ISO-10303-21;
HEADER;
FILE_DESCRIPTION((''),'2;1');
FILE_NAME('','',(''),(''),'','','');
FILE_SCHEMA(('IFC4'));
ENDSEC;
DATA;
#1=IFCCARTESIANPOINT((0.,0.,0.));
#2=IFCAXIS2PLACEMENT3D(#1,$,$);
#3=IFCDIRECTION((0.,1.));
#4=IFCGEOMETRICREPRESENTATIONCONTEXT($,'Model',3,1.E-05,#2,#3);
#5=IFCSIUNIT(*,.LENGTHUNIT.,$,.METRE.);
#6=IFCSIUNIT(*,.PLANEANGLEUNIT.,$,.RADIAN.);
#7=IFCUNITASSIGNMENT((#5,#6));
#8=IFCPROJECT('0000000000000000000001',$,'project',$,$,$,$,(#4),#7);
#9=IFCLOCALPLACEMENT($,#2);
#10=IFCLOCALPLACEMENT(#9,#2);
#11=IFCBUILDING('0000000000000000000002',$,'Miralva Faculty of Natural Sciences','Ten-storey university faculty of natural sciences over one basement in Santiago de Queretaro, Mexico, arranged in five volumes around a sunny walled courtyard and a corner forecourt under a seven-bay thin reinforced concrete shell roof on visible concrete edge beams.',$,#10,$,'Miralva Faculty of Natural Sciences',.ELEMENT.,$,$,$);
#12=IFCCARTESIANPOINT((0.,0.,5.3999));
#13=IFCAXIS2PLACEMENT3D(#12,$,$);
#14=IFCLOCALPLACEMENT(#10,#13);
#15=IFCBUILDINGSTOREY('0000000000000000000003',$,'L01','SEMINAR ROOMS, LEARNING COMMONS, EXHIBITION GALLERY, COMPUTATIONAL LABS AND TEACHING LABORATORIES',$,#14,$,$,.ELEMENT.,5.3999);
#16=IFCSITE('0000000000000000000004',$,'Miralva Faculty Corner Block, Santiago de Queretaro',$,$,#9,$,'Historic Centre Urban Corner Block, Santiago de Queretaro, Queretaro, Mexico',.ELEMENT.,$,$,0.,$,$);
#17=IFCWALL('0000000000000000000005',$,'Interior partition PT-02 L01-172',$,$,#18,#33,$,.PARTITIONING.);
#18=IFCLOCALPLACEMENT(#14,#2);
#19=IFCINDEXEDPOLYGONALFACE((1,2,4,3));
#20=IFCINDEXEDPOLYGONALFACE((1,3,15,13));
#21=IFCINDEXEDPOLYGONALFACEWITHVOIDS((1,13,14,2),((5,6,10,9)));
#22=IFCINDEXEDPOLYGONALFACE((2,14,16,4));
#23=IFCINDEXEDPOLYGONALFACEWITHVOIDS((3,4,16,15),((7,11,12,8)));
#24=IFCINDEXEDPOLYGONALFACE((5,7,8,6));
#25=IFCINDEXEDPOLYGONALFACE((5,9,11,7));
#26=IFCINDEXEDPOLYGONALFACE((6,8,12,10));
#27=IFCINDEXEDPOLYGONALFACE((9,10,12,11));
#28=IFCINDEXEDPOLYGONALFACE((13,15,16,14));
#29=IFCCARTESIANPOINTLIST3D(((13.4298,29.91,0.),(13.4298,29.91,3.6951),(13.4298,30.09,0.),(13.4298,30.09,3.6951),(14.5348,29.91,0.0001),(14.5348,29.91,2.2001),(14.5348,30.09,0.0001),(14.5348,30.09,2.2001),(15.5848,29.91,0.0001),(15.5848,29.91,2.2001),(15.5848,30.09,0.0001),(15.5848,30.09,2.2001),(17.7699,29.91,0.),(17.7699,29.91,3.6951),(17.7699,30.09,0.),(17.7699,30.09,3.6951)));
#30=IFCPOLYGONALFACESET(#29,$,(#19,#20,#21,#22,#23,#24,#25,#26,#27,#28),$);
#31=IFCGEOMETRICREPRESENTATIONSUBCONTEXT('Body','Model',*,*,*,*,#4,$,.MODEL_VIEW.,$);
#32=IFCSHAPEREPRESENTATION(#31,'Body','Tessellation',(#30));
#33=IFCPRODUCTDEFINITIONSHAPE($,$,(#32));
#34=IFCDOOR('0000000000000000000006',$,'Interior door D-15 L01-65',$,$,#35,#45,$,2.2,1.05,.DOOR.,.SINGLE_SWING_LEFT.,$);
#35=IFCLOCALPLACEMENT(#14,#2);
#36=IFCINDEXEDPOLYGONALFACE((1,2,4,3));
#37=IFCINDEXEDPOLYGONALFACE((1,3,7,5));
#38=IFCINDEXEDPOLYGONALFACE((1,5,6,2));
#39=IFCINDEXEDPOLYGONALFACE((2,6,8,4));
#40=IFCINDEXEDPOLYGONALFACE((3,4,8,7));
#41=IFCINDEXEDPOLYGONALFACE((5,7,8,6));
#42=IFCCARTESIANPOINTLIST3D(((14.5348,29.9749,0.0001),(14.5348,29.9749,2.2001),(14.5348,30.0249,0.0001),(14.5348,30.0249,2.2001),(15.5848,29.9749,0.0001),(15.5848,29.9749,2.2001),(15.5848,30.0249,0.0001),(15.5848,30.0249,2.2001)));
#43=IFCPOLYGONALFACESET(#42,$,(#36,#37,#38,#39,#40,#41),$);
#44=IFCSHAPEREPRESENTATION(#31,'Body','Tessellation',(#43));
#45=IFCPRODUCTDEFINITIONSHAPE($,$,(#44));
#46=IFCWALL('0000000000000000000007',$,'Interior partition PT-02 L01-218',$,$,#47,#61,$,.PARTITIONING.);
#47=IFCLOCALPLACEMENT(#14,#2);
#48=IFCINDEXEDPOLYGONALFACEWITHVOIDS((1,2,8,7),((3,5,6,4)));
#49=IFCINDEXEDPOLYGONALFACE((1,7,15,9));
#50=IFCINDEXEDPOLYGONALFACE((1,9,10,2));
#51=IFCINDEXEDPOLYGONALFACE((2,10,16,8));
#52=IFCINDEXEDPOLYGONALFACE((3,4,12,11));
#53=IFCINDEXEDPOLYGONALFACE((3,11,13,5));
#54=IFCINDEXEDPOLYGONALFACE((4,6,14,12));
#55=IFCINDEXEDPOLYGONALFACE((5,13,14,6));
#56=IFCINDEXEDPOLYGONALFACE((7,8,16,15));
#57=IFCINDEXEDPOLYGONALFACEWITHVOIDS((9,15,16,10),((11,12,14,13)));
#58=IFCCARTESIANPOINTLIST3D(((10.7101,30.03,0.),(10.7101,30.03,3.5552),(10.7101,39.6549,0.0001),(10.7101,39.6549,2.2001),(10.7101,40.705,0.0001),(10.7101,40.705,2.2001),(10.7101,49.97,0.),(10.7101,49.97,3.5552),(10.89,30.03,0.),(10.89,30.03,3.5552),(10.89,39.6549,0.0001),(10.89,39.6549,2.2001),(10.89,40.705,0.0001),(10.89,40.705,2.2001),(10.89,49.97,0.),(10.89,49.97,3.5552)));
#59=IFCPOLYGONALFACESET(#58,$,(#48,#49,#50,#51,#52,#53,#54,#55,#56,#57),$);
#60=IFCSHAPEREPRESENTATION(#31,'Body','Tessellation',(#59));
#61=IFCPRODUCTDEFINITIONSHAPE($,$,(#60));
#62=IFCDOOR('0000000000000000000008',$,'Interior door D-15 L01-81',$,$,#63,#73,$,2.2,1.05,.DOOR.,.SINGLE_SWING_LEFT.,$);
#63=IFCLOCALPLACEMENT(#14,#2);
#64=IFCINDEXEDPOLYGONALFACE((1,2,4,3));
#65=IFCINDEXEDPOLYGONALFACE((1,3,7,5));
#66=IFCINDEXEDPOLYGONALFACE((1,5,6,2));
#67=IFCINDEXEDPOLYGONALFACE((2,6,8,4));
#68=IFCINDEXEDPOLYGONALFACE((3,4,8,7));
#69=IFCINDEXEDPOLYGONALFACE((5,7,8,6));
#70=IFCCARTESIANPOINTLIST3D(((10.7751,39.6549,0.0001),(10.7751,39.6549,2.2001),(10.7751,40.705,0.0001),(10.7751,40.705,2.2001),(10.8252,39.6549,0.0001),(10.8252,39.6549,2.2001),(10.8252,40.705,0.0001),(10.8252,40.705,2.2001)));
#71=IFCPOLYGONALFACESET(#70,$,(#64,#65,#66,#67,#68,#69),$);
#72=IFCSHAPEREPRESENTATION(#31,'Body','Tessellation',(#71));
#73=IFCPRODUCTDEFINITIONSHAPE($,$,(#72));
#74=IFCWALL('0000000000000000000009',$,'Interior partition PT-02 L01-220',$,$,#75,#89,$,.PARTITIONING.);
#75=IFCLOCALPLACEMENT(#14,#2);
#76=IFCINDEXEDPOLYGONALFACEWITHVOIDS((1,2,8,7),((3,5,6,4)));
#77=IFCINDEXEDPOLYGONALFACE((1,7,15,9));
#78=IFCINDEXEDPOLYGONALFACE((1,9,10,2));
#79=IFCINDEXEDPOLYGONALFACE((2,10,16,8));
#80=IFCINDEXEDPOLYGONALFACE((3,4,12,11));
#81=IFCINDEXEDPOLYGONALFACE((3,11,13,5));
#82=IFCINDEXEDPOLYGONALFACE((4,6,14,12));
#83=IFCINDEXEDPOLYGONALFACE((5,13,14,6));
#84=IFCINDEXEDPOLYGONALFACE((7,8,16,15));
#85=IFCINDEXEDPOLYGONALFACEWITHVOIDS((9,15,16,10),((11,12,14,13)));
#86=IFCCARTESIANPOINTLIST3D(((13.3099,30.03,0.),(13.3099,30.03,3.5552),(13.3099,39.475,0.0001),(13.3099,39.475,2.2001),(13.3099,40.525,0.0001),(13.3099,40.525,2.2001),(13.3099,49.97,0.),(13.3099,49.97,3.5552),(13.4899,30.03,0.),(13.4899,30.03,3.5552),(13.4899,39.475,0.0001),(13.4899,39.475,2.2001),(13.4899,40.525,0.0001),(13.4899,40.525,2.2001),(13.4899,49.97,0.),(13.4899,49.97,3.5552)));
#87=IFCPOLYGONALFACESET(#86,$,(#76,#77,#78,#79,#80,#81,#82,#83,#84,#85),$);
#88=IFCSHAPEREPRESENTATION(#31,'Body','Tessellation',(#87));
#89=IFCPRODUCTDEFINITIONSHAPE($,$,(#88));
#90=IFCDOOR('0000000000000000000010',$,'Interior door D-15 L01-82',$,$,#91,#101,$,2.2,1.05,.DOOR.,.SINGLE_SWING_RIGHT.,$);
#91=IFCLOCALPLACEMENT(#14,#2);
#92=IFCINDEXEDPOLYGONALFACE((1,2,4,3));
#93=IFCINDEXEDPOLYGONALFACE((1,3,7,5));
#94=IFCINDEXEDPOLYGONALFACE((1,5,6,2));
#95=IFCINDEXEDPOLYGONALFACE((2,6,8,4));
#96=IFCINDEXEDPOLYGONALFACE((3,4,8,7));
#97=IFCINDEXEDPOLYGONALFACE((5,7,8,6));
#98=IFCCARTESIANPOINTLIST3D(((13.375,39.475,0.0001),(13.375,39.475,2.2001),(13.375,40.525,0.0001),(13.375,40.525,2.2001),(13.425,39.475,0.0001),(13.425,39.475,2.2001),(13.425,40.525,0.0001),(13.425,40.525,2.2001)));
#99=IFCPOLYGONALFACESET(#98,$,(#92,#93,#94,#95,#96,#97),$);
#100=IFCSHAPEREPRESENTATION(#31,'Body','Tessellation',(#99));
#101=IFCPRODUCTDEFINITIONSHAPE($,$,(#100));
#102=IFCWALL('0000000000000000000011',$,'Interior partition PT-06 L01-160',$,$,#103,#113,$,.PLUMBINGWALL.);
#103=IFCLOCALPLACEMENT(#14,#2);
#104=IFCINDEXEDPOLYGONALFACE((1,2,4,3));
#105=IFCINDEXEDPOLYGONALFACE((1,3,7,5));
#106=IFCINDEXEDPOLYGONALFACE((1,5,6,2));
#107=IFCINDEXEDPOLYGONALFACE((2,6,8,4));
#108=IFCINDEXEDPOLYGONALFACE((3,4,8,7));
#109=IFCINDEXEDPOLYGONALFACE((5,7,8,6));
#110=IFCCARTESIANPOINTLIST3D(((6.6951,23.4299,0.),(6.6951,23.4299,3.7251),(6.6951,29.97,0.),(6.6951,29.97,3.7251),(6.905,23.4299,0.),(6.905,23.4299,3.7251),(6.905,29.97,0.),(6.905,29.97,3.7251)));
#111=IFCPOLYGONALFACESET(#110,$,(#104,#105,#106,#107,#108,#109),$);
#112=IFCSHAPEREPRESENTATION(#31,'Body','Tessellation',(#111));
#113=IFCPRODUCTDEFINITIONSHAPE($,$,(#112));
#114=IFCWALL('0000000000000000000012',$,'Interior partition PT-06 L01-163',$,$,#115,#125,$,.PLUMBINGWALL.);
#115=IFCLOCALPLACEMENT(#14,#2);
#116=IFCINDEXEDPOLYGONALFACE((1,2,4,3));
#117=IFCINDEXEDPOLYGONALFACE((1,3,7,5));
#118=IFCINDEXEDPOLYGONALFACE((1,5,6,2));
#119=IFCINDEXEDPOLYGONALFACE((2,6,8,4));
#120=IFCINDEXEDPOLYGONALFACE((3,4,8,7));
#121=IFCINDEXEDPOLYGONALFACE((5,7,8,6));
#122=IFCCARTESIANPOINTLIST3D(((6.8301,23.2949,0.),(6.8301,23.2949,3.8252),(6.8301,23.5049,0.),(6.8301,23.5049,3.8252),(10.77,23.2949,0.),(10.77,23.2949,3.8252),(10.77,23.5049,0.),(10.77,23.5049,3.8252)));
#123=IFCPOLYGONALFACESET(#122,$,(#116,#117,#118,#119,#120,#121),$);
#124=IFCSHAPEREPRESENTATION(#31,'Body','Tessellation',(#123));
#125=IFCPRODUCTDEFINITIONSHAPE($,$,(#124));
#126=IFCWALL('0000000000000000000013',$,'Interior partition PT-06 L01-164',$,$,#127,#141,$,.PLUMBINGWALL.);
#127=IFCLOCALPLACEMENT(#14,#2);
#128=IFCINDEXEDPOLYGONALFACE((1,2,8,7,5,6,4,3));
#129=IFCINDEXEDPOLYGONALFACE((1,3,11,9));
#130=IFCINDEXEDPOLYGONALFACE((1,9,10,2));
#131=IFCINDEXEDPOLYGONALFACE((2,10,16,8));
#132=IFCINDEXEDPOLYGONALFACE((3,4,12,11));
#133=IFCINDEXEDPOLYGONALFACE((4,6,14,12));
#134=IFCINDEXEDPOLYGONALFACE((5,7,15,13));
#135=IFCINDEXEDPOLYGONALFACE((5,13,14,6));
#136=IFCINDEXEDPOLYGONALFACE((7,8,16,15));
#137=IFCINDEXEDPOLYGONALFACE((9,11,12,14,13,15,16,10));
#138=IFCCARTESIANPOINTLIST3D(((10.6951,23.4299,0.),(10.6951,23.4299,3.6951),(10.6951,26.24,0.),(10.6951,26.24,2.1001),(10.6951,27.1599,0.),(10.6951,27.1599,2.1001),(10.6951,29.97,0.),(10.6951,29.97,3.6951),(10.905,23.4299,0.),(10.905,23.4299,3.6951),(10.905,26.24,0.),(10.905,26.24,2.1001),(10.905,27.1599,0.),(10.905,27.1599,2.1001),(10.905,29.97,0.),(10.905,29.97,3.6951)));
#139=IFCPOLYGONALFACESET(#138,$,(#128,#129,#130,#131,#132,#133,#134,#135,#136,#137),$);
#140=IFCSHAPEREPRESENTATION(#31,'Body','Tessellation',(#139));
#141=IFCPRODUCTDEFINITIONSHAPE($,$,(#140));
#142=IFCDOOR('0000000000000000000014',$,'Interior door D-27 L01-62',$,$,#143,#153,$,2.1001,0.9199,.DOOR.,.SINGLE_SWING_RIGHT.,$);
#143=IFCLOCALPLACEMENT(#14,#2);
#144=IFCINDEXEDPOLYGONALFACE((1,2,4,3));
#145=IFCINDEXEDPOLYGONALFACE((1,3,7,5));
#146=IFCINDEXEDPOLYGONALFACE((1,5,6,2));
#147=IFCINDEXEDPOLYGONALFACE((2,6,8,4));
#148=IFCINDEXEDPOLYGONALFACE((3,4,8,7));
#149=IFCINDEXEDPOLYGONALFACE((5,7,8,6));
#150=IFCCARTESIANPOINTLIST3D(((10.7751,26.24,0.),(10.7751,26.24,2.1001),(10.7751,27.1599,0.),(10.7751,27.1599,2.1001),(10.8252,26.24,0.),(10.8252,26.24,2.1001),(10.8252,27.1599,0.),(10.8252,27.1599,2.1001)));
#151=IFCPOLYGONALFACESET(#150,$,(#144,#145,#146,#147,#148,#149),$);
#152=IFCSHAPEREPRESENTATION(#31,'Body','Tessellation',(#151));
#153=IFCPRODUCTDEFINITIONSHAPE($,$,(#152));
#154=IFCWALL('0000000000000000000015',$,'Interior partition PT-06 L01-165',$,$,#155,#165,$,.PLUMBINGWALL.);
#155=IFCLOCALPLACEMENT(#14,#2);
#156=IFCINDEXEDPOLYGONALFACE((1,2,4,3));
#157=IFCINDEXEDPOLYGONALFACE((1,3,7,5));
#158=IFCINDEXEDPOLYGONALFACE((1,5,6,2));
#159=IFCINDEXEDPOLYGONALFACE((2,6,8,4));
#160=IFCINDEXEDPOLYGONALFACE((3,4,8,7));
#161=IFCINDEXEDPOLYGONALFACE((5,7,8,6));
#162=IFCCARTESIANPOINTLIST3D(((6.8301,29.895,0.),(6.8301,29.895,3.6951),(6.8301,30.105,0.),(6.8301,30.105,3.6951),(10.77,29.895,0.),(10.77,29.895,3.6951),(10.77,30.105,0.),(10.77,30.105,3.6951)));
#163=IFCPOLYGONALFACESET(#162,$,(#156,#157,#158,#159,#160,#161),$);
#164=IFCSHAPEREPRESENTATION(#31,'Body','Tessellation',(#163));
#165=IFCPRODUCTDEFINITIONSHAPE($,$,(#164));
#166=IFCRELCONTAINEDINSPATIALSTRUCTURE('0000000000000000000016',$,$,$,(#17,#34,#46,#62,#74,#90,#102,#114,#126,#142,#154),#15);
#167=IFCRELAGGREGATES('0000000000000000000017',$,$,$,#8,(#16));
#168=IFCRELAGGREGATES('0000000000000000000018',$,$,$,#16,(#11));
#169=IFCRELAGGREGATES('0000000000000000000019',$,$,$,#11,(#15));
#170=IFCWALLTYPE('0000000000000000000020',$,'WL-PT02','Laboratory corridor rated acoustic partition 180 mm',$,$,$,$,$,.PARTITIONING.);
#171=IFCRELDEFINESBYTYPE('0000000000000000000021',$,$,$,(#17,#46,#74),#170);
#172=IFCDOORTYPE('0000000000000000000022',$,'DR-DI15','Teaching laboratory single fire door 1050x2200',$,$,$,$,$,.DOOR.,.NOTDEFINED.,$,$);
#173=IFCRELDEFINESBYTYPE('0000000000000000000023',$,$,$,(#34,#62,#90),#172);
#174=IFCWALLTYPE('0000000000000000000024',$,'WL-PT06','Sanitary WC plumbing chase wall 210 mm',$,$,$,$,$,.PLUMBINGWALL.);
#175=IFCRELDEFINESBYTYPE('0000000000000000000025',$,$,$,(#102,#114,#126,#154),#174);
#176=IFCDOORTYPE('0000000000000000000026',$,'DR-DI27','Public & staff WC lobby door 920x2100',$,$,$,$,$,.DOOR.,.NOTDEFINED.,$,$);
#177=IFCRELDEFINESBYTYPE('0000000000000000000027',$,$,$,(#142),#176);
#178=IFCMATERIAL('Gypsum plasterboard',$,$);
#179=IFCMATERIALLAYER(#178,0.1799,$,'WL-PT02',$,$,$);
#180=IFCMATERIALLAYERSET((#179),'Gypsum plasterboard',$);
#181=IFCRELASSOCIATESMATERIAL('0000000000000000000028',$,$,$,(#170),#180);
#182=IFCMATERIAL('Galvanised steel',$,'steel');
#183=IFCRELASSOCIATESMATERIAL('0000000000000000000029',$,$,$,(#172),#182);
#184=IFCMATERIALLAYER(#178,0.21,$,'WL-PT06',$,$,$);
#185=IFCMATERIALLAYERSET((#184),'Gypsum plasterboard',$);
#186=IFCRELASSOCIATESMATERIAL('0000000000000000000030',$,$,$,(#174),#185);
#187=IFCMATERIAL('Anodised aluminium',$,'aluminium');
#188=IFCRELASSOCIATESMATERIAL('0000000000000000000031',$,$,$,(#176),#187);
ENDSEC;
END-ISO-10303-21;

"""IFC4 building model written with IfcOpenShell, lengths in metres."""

from ifc_helpers import new_model, si_unit, direction, frame, frame_2d, origin, place, context, subcontext, project, spatial, rectangle, extrude, material, layer, layer_set, type_object, element, fill, save


model = new_model("IFC4")

# Units and contexts
model_context = context("Model", 3, precision=1e-05, world=origin(), true_north=direction((0.0, 1.0)))
body_context = subcontext(model_context, "Body", "Model", "MODEL_VIEW")
ifc_project = project(units=[si_unit("LENGTHUNIT", "METRE"), si_unit("PLANEANGLEUNIT", "RADIAN")], contexts=[model_context])

# Site, building, storey
site_placement = place(None, origin())
site = spatial("IfcSite", under=ifc_project, at=site_placement, Name="Miralva Faculty Corner Block, Santiago de Queretaro", LongName="Historic Centre Urban Corner Block, Santiago de Queretaro, Queretaro, Mexico", CompositionType="ELEMENT", RefElevation=0.0)
building_placement = place(site_placement, origin())
building = spatial("IfcBuilding", under=site, at=building_placement, Name="Miralva Faculty of Natural Sciences", Description="Ten-storey university faculty of natural sciences over one basement in Santiago de Queretaro, Mexico, arranged in five volumes around a sunny walled courtyard and a corner forecourt under a seven-bay thin reinforced concrete shell roof on visible concrete edge beams.", LongName="Miralva Faculty of Natural Sciences", CompositionType="ELEMENT")
storey_placement = place(building_placement, frame((0.0, 0.0, 5.3999)))
storey = spatial("IfcBuildingStorey", under=building, at=storey_placement, Name="L01", Description="SEMINAR ROOMS, LEARNING COMMONS, EXHIBITION GALLERY, COMPUTATIONAL LABS AND TEACHING LABORATORIES", CompositionType="ELEMENT", Elevation=5.3999)

# Walls, openings, doors
ifc_material_1 = material(Name="Gypsum plasterboard")
ifc_layer_1 = layer(ifc_material_1, 0.1799, Name="WL-PT02")
ifc_layer_set_1 = layer_set([ifc_layer_1], Name="Gypsum plasterboard")
wall_type_1 = type_object("IfcWallType", Name="WL-PT02", Description="Laboratory corridor rated acoustic partition 180 mm", PredefinedType="PARTITIONING", material=ifc_layer_set_1)
wall_1_placement = place(storey_placement, frame((13.4299, 30.0, 0.0), z_axis=(0.0, 0.0, 1.0), x_axis=(1.0, 0.0, 0.0)))
wall_1 = element("IfcWall", 1, at=wall_1_placement, inside=storey, type_object=wall_type_1, Name="Interior partition PT-02 L01-172", PredefinedType="PARTITIONING", context=body_context, shape_type="SweptSolid", body=[
    extrude(rectangle(XDim=4.3401, YDim=0.1799, at=frame_2d((2.1699, 0.0))), origin(), (0.0, 0.0, 1.0), 3.6951),
])
opening_1_placement = place(wall_1_placement, frame((1.105, 0.0, 0.0)))
opening_1 = element("IfcOpeningElement", 2, at=opening_1_placement, cuts=wall_1, PredefinedType="OPENING", context=body_context, shape_type="SweptSolid", body=[
    extrude(rectangle(XDim=1.05, YDim=2.2, at=frame_2d((0.5249, 1.1001))), frame((0.0, 0.0999, 0.0), z_axis=(0.0, -1.0, 0.0), x_axis=(1.0, 0.0, 0.0)), (0.0, 0.0, 1.0), 0.2),
])
ifc_material_2 = material(Name="Galvanised steel", Category="steel")
door_type_1 = type_object("IfcDoorType", Name="DR-DI15", Description="Teaching laboratory single fire door 1050x2200", OperationType="NOTDEFINED", PredefinedType="DOOR", material=ifc_material_2)
door_1_placement = place(opening_1_placement, origin())
door_1 = element("IfcDoor", 3, at=door_1_placement, inside=storey, type_object=door_type_1, Name="Interior door D-15 L01-65", OperationType="SINGLE_SWING_LEFT", OverallHeight=2.2, OverallWidth=1.05, PredefinedType="DOOR", context=body_context, shape_type="SweptSolid", body=[
    extrude(rectangle(XDim=1.05, YDim=2.2, at=frame_2d((0.5249, 1.1001))), frame((0.0, 0.0249, 0.0), z_axis=(0.0, -1.0, 0.0), x_axis=(1.0, 0.0, 0.0)), (0.0, 0.0, 1.0), 0.05),
])
fill(opening_1, door_1)
wall_2_placement = place(storey_placement, frame((10.8, 30.03, 0.0), z_axis=(0.0, 0.0, 1.0), x_axis=(0.0, 1.0, 0.0)))
wall_2 = element("IfcWall", 4, at=wall_2_placement, inside=storey, type_object=wall_type_1, Name="Interior partition PT-02 L01-218", PredefinedType="PARTITIONING", context=body_context, shape_type="SweptSolid", body=[
    extrude(rectangle(XDim=19.9399, YDim=0.1799, at=frame_2d((9.97, 0.0))), origin(), (0.0, 0.0, 1.0), 3.5552),
])
opening_2_placement = place(wall_2_placement, frame((9.625, 0.0, 0.0)))
opening_2 = element("IfcOpeningElement", 5, at=opening_2_placement, cuts=wall_2, PredefinedType="OPENING", context=body_context, shape_type="SweptSolid", body=[
    extrude(rectangle(XDim=1.05, YDim=2.2, at=frame_2d((0.5249, 1.1001))), frame((0.0, 0.0999, 0.0), z_axis=(0.0, -1.0, 0.0), x_axis=(1.0, 0.0, 0.0)), (0.0, 0.0, 1.0), 0.2),
])
door_2_placement = place(opening_2_placement, origin())
door_2 = element("IfcDoor", 6, at=door_2_placement, inside=storey, type_object=door_type_1, Name="Interior door D-15 L01-81", OperationType="SINGLE_SWING_LEFT", OverallHeight=2.2, OverallWidth=1.05, PredefinedType="DOOR", context=body_context, shape_type="SweptSolid", body=[
    extrude(rectangle(XDim=1.05, YDim=2.2, at=frame_2d((0.5249, 1.1001))), frame((0.0, 0.0249, 0.0), z_axis=(0.0, -1.0, 0.0), x_axis=(1.0, 0.0, 0.0)), (0.0, 0.0, 1.0), 0.05),
])
fill(opening_2, door_2)
wall_3_placement = place(storey_placement, frame((13.3999, 30.03, 0.0), z_axis=(0.0, 0.0, 1.0), x_axis=(0.0, 1.0, 0.0)))
wall_3 = element("IfcWall", 7, at=wall_3_placement, inside=storey, type_object=wall_type_1, Name="Interior partition PT-02 L01-220", PredefinedType="PARTITIONING", context=body_context, shape_type="SweptSolid", body=[
    extrude(rectangle(XDim=19.9399, YDim=0.1799, at=frame_2d((9.97, 0.0))), origin(), (0.0, 0.0, 1.0), 3.5552),
])
opening_3_placement = place(wall_3_placement, frame((9.4451, 0.0, 0.0)))
opening_3 = element("IfcOpeningElement", 8, at=opening_3_placement, cuts=wall_3, PredefinedType="OPENING", context=body_context, shape_type="SweptSolid", body=[
    extrude(rectangle(XDim=1.05, YDim=2.2, at=frame_2d((0.5249, 1.1001))), frame((0.0, 0.0999, 0.0), z_axis=(0.0, -1.0, 0.0), x_axis=(1.0, 0.0, 0.0)), (0.0, 0.0, 1.0), 0.2),
])
door_3_placement = place(opening_3_placement, origin())
door_3 = element("IfcDoor", 9, at=door_3_placement, inside=storey, type_object=door_type_1, Name="Interior door D-15 L01-82", OperationType="SINGLE_SWING_RIGHT", OverallHeight=2.2, OverallWidth=1.05, PredefinedType="DOOR", context=body_context, shape_type="SweptSolid", body=[
    extrude(rectangle(XDim=1.05, YDim=2.2, at=frame_2d((0.5249, 1.1001))), frame((0.0, 0.0249, 0.0), z_axis=(0.0, -1.0, 0.0), x_axis=(1.0, 0.0, 0.0)), (0.0, 0.0, 1.0), 0.05),
])
fill(opening_3, door_3)

# Walls
ifc_layer_2 = layer(ifc_material_1, 0.21, Name="WL-PT06")
ifc_layer_set_2 = layer_set([ifc_layer_2], Name="Gypsum plasterboard")
wall_type_2 = type_object("IfcWallType", Name="WL-PT06", Description="Sanitary WC plumbing chase wall 210 mm", PredefinedType="PLUMBINGWALL", material=ifc_layer_set_2)
wall_4_placement = place(storey_placement, frame((6.8, 23.4299, 0.0), z_axis=(0.0, 0.0, 1.0), x_axis=(0.0, 1.0, 0.0)))
element("IfcWall", 10, at=wall_4_placement, inside=storey, type_object=wall_type_2, Name="Interior partition PT-06 L01-160", PredefinedType="PLUMBINGWALL", context=body_context, shape_type="SweptSolid", body=[
    extrude(rectangle(XDim=6.54, YDim=0.21, at=frame_2d((3.27, 0.0))), origin(), (0.0, 0.0, 1.0), 3.7251),
])
wall_5_placement = place(storey_placement, frame((6.8301, 23.3999, 0.0), z_axis=(0.0, 0.0, 1.0), x_axis=(1.0, 0.0, 0.0)))
element("IfcWall", 11, at=wall_5_placement, inside=storey, type_object=wall_type_2, Name="Interior partition PT-06 L01-163", PredefinedType="PLUMBINGWALL", context=body_context, shape_type="SweptSolid", body=[
    extrude(rectangle(XDim=3.9399, YDim=0.21, at=frame_2d((1.97, 0.0))), origin(), (0.0, 0.0, 1.0), 3.8252),
])

# Wall, opening, door
wall_6_placement = place(storey_placement, frame((10.8, 23.4299, 0.0), z_axis=(0.0, 0.0, 1.0), x_axis=(0.0, 1.0, 0.0)))
wall_6 = element("IfcWall", 12, at=wall_6_placement, inside=storey, type_object=wall_type_2, Name="Interior partition PT-06 L01-164", PredefinedType="PLUMBINGWALL", context=body_context, shape_type="SweptSolid", body=[
    extrude(rectangle(XDim=6.54, YDim=0.21, at=frame_2d((3.27, 0.0))), origin(), (0.0, 0.0, 1.0), 3.6951),
])
opening_4_placement = place(wall_6_placement, frame((2.8101, 0.0, 0.0)))
opening_4 = element("IfcOpeningElement", 13, at=opening_4_placement, cuts=wall_6, PredefinedType="OPENING", context=body_context, shape_type="SweptSolid", body=[
    extrude(rectangle(XDim=0.9199, YDim=2.1001, at=frame_2d((0.46, 1.05))), frame((0.0, 0.115, 0.0), z_axis=(0.0, -1.0, 0.0), x_axis=(1.0, 0.0, 0.0)), (0.0, 0.0, 1.0), 0.23),
])
ifc_material_3 = material(Name="Anodised aluminium", Category="aluminium")
door_type_2 = type_object("IfcDoorType", Name="DR-DI27", Description="Public & staff WC lobby door 920x2100", OperationType="NOTDEFINED", PredefinedType="DOOR", material=ifc_material_3)
door_4_placement = place(opening_4_placement, origin())
door_4 = element("IfcDoor", 14, at=door_4_placement, inside=storey, type_object=door_type_2, Name="Interior door D-27 L01-62", OperationType="SINGLE_SWING_RIGHT", OverallHeight=2.1001, OverallWidth=0.9199, PredefinedType="DOOR", context=body_context, shape_type="SweptSolid", body=[
    extrude(rectangle(XDim=0.9199, YDim=2.1001, at=frame_2d((0.46, 1.05))), frame((0.0, 0.0249, 0.0), z_axis=(0.0, -1.0, 0.0), x_axis=(1.0, 0.0, 0.0)), (0.0, 0.0, 1.0), 0.05),
])
fill(opening_4, door_4)

# Wall
wall_7_placement = place(storey_placement, frame((6.8301, 30.0, 0.0), z_axis=(0.0, 0.0, 1.0), x_axis=(1.0, 0.0, 0.0)))
element("IfcWall", 15, at=wall_7_placement, inside=storey, type_object=wall_type_2, Name="Interior partition PT-06 L01-165", PredefinedType="PLUMBINGWALL", context=body_context, shape_type="SweptSolid", body=[
    extrude(rectangle(XDim=3.9399, YDim=0.21, at=frame_2d((1.97, 0.0))), origin(), (0.0, 0.0, 1.0), 3.6951),
])

save(model, "model.ifc")
